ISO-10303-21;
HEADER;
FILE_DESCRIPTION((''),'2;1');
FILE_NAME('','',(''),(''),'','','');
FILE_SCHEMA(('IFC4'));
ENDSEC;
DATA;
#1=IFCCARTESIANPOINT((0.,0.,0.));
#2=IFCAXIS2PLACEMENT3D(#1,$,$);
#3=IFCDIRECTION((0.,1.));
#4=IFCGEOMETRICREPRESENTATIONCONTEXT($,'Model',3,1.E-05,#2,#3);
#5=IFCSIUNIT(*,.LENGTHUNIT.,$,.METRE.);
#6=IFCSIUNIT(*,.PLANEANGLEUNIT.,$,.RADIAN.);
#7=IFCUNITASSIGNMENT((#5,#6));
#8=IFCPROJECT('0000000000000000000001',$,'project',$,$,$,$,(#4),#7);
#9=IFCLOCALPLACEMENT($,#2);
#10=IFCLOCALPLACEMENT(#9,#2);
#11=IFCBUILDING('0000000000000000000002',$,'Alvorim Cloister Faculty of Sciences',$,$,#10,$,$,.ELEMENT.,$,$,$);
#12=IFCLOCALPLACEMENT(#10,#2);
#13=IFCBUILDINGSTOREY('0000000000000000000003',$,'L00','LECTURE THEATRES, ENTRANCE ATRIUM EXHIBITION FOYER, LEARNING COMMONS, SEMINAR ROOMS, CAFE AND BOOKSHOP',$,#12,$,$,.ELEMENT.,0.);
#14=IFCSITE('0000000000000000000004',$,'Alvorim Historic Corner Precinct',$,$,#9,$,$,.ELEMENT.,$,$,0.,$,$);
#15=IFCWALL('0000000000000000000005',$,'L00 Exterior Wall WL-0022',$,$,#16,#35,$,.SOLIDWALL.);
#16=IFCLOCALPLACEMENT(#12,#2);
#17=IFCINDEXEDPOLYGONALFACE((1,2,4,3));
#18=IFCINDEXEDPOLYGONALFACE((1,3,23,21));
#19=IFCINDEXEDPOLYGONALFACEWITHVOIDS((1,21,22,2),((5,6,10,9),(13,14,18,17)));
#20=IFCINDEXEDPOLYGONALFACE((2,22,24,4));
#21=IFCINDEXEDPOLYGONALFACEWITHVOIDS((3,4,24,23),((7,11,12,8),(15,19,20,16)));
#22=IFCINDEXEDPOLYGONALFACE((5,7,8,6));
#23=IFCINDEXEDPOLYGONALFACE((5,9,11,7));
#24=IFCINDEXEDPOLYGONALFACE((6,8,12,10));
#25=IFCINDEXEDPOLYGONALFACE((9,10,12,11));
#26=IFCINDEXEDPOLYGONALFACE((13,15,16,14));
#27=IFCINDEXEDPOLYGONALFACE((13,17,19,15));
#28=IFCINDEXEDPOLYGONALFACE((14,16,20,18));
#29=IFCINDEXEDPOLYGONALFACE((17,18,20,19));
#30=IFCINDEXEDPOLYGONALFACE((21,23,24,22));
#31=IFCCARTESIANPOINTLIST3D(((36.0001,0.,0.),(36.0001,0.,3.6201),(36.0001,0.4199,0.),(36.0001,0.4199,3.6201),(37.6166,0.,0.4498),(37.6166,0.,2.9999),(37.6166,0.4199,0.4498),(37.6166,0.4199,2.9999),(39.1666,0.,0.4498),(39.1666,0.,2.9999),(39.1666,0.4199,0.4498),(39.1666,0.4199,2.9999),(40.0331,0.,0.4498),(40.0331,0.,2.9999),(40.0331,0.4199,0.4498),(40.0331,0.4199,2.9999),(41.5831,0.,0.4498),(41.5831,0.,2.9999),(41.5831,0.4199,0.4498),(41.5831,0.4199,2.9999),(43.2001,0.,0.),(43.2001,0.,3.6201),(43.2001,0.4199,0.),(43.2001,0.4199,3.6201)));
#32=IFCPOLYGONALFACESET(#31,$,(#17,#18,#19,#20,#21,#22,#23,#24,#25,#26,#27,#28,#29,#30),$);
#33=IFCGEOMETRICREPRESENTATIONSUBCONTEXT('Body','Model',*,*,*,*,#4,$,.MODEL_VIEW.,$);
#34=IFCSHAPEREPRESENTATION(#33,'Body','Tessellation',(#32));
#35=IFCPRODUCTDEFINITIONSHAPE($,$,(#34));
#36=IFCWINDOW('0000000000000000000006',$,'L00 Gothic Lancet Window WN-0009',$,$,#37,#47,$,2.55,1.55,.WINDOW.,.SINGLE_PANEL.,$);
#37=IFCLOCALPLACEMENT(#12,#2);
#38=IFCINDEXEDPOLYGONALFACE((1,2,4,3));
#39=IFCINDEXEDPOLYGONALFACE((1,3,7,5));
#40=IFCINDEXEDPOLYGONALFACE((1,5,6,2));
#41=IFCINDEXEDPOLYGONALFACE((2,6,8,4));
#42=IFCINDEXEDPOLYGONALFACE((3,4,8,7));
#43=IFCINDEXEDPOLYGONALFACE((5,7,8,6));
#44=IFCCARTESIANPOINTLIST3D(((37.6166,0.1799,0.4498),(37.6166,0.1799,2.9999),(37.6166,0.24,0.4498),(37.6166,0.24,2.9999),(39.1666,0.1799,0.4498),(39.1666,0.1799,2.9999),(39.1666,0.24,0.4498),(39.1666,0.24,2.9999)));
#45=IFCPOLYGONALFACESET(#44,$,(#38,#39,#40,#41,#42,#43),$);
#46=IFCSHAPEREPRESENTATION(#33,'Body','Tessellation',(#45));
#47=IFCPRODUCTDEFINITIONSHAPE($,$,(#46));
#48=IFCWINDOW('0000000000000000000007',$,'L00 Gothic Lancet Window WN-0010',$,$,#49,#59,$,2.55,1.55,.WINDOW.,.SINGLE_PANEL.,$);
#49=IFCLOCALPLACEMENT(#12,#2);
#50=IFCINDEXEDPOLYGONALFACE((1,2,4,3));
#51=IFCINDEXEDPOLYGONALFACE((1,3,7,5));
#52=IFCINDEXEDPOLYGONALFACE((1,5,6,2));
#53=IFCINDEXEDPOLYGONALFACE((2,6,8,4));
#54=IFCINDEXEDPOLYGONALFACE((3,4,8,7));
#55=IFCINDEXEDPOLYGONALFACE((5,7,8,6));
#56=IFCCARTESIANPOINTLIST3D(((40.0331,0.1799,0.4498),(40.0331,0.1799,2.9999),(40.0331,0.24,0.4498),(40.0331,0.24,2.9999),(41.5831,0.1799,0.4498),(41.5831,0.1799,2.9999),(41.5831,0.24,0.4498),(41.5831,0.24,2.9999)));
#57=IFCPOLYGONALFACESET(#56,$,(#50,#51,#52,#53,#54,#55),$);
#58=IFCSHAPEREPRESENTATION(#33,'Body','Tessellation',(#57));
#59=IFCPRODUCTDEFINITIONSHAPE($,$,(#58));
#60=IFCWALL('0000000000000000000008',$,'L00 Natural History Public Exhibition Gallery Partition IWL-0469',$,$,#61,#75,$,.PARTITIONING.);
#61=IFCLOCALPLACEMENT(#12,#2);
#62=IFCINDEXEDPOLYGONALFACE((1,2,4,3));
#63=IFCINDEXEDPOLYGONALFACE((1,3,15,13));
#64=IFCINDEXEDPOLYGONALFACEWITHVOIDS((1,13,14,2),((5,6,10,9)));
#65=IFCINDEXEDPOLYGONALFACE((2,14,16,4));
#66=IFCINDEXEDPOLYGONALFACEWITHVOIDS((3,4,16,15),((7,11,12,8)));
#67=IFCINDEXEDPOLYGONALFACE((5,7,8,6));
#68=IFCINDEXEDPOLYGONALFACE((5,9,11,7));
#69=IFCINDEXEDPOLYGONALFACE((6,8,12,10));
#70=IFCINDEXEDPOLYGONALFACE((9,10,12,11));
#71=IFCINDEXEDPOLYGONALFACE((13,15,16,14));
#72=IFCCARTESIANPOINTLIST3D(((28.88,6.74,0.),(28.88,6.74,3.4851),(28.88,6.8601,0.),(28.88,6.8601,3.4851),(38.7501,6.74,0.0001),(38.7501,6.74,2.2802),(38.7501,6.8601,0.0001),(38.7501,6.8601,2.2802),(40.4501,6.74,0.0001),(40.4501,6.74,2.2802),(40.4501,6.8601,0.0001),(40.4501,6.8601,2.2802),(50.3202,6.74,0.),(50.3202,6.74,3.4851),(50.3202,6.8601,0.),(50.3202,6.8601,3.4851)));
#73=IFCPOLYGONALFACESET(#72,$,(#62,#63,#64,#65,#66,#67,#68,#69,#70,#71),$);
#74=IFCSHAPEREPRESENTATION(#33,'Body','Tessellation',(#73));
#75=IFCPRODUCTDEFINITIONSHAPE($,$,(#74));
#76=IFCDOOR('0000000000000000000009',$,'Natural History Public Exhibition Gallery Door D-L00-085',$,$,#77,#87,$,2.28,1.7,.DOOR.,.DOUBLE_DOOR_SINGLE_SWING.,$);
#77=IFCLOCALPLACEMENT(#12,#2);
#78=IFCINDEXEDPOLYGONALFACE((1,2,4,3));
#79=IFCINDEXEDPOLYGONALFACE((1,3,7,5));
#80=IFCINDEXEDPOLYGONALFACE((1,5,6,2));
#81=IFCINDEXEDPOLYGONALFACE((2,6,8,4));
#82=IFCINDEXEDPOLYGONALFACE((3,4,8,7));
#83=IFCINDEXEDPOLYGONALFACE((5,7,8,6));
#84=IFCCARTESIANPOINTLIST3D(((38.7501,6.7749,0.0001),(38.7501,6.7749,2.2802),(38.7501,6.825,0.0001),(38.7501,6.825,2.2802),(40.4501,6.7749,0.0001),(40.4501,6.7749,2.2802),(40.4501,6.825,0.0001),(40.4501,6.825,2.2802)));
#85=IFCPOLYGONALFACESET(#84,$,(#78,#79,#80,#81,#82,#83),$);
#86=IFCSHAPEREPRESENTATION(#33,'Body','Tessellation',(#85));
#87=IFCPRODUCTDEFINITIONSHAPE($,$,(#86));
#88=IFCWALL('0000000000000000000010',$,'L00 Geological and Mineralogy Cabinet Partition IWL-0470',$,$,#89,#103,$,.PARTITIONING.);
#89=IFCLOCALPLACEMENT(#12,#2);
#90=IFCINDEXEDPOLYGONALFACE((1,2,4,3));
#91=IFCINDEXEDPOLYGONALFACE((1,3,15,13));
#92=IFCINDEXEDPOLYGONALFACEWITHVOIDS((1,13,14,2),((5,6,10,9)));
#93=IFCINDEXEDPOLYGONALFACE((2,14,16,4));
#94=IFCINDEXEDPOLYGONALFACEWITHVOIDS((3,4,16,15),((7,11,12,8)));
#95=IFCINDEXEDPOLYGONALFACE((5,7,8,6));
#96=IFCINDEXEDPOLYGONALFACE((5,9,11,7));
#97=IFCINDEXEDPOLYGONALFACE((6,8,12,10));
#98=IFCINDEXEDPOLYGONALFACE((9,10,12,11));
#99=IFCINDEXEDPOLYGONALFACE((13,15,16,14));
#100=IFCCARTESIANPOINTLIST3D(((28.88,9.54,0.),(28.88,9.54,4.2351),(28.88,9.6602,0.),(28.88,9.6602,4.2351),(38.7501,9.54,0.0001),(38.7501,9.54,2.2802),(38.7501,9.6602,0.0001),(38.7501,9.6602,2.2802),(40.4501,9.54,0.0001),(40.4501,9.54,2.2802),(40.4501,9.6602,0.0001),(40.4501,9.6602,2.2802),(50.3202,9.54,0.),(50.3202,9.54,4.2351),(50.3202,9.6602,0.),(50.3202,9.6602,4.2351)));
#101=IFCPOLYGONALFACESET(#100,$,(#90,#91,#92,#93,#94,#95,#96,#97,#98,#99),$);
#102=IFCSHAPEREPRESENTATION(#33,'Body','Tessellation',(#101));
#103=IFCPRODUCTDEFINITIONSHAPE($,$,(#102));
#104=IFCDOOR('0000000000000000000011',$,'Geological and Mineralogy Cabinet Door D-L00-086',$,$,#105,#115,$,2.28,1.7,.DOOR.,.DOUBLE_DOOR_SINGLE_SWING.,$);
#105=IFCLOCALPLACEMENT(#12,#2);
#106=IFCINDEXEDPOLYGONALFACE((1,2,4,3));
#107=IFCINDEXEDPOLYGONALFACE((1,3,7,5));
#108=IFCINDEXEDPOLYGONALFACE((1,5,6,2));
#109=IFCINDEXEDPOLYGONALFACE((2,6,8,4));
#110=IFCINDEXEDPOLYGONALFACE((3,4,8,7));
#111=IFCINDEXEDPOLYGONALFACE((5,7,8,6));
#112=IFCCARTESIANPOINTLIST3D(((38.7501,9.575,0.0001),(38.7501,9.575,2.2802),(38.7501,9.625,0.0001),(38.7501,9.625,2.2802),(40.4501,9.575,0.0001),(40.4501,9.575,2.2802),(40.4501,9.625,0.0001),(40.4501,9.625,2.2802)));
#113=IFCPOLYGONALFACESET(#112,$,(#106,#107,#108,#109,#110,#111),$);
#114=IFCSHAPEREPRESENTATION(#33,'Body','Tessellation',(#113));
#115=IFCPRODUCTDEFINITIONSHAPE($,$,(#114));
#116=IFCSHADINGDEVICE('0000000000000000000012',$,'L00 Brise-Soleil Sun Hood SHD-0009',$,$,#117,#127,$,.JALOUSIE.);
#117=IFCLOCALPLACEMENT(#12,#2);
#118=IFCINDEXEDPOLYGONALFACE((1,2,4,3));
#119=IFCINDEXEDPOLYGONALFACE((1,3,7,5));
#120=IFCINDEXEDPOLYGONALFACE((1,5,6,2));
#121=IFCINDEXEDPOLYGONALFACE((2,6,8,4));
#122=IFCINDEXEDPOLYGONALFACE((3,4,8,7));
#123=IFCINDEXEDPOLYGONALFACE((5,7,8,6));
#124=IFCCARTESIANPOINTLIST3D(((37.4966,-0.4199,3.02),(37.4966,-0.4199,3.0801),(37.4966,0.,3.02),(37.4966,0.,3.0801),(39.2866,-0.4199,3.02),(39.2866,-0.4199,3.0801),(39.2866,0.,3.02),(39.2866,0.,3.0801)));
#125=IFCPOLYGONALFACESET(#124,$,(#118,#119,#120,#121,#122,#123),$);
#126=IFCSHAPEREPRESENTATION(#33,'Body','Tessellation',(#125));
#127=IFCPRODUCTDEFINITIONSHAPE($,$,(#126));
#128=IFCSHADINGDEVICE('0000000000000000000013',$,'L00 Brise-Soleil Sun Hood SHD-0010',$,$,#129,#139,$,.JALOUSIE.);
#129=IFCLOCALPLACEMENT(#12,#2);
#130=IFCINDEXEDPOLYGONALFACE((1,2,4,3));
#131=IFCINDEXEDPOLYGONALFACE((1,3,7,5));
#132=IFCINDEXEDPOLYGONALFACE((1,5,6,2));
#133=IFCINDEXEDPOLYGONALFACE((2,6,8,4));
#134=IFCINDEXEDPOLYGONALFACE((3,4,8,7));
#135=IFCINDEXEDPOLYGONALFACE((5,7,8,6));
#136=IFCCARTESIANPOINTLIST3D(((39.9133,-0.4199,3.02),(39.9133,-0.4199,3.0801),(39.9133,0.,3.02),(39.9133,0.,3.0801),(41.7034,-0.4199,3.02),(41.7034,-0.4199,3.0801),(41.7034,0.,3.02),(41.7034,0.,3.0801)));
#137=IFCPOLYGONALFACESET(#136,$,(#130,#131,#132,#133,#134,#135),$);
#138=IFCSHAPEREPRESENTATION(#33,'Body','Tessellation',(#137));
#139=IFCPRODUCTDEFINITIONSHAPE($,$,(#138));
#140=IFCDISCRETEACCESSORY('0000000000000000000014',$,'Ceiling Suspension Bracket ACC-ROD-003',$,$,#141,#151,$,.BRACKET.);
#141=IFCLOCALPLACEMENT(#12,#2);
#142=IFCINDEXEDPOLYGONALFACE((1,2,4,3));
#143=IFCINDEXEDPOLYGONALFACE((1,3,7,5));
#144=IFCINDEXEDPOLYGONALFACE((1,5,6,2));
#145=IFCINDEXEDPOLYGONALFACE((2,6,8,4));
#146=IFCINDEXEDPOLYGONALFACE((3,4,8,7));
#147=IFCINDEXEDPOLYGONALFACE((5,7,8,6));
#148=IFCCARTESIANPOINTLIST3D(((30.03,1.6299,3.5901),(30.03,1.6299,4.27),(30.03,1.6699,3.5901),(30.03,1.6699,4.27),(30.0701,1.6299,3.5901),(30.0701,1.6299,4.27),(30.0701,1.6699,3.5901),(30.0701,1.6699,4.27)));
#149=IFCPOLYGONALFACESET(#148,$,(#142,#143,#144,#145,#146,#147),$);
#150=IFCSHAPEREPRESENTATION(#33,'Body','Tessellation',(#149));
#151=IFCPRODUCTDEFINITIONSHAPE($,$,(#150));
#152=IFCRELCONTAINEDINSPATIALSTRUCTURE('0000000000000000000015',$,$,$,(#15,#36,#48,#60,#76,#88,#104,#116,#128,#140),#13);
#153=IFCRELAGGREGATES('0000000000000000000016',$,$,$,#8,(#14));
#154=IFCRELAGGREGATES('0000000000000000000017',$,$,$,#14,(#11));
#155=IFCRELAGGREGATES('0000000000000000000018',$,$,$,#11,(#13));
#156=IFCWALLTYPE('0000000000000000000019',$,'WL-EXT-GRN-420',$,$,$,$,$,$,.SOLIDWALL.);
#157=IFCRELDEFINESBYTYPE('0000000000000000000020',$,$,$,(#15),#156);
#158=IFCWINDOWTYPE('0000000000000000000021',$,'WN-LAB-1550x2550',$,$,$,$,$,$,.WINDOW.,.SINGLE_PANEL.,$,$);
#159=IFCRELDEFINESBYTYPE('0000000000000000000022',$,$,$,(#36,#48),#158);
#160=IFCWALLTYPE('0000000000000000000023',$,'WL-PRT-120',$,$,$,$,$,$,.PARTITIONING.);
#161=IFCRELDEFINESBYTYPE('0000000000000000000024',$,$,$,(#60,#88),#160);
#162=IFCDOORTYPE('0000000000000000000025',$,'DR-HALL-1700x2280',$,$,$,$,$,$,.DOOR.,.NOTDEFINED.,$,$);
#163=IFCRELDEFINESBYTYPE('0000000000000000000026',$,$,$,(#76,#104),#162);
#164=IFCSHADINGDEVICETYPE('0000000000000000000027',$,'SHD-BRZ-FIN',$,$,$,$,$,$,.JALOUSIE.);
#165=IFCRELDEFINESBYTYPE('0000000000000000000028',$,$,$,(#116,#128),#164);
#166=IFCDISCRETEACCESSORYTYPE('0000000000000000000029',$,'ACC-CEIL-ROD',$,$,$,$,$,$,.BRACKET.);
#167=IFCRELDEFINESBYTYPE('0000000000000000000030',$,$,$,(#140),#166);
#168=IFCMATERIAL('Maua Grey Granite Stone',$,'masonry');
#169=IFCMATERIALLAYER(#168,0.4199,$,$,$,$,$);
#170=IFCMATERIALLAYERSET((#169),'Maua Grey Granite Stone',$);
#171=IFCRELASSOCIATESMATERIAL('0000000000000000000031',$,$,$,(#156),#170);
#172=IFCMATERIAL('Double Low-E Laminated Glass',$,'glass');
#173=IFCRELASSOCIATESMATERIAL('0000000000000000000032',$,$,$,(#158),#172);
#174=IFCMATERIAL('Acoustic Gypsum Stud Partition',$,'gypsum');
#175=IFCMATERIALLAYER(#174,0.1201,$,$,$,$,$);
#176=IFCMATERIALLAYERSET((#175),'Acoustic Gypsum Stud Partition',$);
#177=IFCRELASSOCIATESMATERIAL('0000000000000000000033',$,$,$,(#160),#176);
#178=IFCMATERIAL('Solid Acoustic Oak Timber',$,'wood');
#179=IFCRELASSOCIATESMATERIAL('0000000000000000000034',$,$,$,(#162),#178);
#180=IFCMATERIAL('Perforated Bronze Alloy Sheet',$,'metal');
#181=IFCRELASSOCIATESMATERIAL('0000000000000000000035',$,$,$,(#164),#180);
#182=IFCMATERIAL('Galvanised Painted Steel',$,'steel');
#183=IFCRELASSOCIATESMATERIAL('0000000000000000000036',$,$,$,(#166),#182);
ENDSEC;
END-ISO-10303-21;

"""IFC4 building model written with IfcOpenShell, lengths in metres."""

from ifc_helpers import new_model, si_unit, direction, frame, frame_2d, origin, origin_2d, place, context, subcontext, project, spatial, rectangle, extrude, material, layer, layer_set, type_object, element, fill, save


model = new_model("IFC4")

# Units and contexts
model_context = context("Model", 3, precision=1e-05, world=origin(), true_north=direction((0.0, 1.0)))
body_context = subcontext(model_context, "Body", "Model", "MODEL_VIEW")
ifc_project = project(units=[si_unit("LENGTHUNIT", "METRE"), si_unit("PLANEANGLEUNIT", "RADIAN")], contexts=[model_context])

# Site, building, storey
site_placement = place(None, origin())
site = spatial("IfcSite", under=ifc_project, at=site_placement, Name="Alvorim Historic Corner Precinct", CompositionType="ELEMENT", RefElevation=0.0)
building_placement = place(site_placement, origin())
building = spatial("IfcBuilding", under=site, at=building_placement, Name="Alvorim Cloister Faculty of Sciences", CompositionType="ELEMENT")
storey_placement = place(building_placement, origin())
storey = spatial("IfcBuildingStorey", under=building, at=storey_placement, Name="L00", Description="LECTURE THEATRES, ENTRANCE ATRIUM EXHIBITION FOYER, LEARNING COMMONS, SEMINAR ROOMS, CAFE AND BOOKSHOP", CompositionType="ELEMENT", Elevation=0.0)

# Shared definitions
ifc_material_1 = material(Name="Maua Grey Granite Stone", Category="masonry")

# Wall, openings, windows
ifc_layer_1 = layer(ifc_material_1, 0.4199)
ifc_layer_set_1 = layer_set([ifc_layer_1], Name="Maua Grey Granite Stone")
wall_type_1 = type_object("IfcWallType", Name="WL-EXT-GRN-420", PredefinedType="SOLIDWALL", material=ifc_layer_set_1)
wall_1_placement = place(storey_placement, frame((36.0, 0.21, 0.0), z_axis=(0.0, 0.0, 1.0), x_axis=(1.0, 0.0, 0.0)))
wall_1 = element("IfcWall", 1, at=wall_1_placement, inside=storey, type_object=wall_type_1, Name="L00 Exterior Wall WL-0022", PredefinedType="SOLIDWALL", context=body_context, shape_type="SweptSolid", body=[
    extrude(rectangle(XDim=7.2, YDim=0.4199, at=frame_2d((3.6001, 0.0))), origin(), (0.0, 0.0, 1.0), 3.6201),
])
opening_1_placement = place(wall_1_placement, frame((1.6167, 0.0, 0.45)))
opening_1 = element("IfcOpeningElement", 2, at=opening_1_placement, cuts=wall_1, PredefinedType="OPENING", context=body_context, shape_type="SweptSolid", body=[
    extrude(rectangle(XDim=1.55, YDim=2.55, at=frame_2d((0.7749, 1.2749))), frame((0.0, 0.2219, 0.0), z_axis=(0.0, -1.0, 0.0), x_axis=(1.0, 0.0, 0.0)), (0.0, 0.0, 1.0), 0.4438),
])
opening_2_placement = place(wall_1_placement, frame((4.0332, 0.0, 0.45)))
opening_2 = element("IfcOpeningElement", 3, at=opening_2_placement, cuts=wall_1, PredefinedType="OPENING", context=body_context, shape_type="SweptSolid", body=[
    extrude(rectangle(XDim=1.55, YDim=2.55, at=frame_2d((0.7749, 1.2749))), frame((0.0, 0.2219, 0.0), z_axis=(0.0, -1.0, 0.0), x_axis=(1.0, 0.0, 0.0)), (0.0, 0.0, 1.0), 0.4438),
])
ifc_material_2 = material(Name="Double Low-E Laminated Glass", Category="glass")
window_type = type_object("IfcWindowType", Name="WN-LAB-1550x2550", PartitioningType="SINGLE_PANEL", PredefinedType="WINDOW", material=ifc_material_2)
window_1_placement = place(opening_1_placement, origin())
window_1 = element("IfcWindow", 4, at=window_1_placement, inside=storey, type_object=window_type, Name="L00 Gothic Lancet Window WN-0009", OverallHeight=2.55, OverallWidth=1.55, PartitioningType="SINGLE_PANEL", PredefinedType="WINDOW", context=body_context, shape_type="SweptSolid", body=[
    extrude(rectangle(XDim=1.55, YDim=2.55, at=frame_2d((0.7749, 1.2749))), frame((0.0, 0.03, 0.0), z_axis=(0.0, -1.0, 0.0), x_axis=(1.0, 0.0, 0.0)), (0.0, 0.0, 1.0), 0.0601),
])
fill(opening_1, window_1)
window_2_placement = place(opening_2_placement, origin())
window_2 = element("IfcWindow", 5, at=window_2_placement, inside=storey, type_object=window_type, Name="L00 Gothic Lancet Window WN-0010", OverallHeight=2.55, OverallWidth=1.55, PartitioningType="SINGLE_PANEL", PredefinedType="WINDOW", context=body_context, shape_type="SweptSolid", body=[
    extrude(rectangle(XDim=1.55, YDim=2.55, at=frame_2d((0.7749, 1.2749))), frame((0.0, 0.03, 0.0), z_axis=(0.0, -1.0, 0.0), x_axis=(1.0, 0.0, 0.0)), (0.0, 0.0, 1.0), 0.0601),
])
fill(opening_2, window_2)

# Walls, openings, doors
ifc_material_3 = material(Name="Acoustic Gypsum Stud Partition", Category="gypsum")
ifc_layer_2 = layer(ifc_material_3, 0.1201)
ifc_layer_set_2 = layer_set([ifc_layer_2], Name="Acoustic Gypsum Stud Partition")
wall_type_2 = type_object("IfcWallType", Name="WL-PRT-120", PredefinedType="PARTITIONING", material=ifc_layer_set_2)
wall_2_placement = place(storey_placement, frame((28.8799, 6.8, 0.0), z_axis=(0.0, 0.0, 1.0), x_axis=(1.0, 0.0, 0.0)))
wall_2 = element("IfcWall", 6, at=wall_2_placement, inside=storey, type_object=wall_type_2, Name="L00 Natural History Public Exhibition Gallery Partition IWL-0469", PredefinedType="PARTITIONING", context=body_context, shape_type="SweptSolid", body=[
    extrude(rectangle(XDim=21.4402, YDim=0.1201, at=frame_2d((10.7202, 0.0))), origin(), (0.0, 0.0, 1.0), 3.4851),
])
opening_3_placement = place(wall_2_placement, frame((9.8701, 0.0, 0.0)))
opening_3 = element("IfcOpeningElement", 7, at=opening_3_placement, cuts=wall_2, PredefinedType="OPENING", context=body_context, shape_type="SweptSolid", body=[
    extrude(rectangle(XDim=1.7, YDim=2.28, at=frame_2d((0.8501, 1.1401))), frame((0.0, 0.072, 0.0), z_axis=(0.0, -1.0, 0.0), x_axis=(1.0, 0.0, 0.0)), (0.0, 0.0, 1.0), 0.144),
])
ifc_material_4 = material(Name="Solid Acoustic Oak Timber", Category="wood")
door_type = type_object("IfcDoorType", Name="DR-HALL-1700x2280", OperationType="NOTDEFINED", PredefinedType="DOOR", material=ifc_material_4)
door_1_placement = place(opening_3_placement, origin())
door_1 = element("IfcDoor", 8, at=door_1_placement, inside=storey, type_object=door_type, Name="Natural History Public Exhibition Gallery Door D-L00-085", OperationType="DOUBLE_DOOR_SINGLE_SWING", OverallHeight=2.28, OverallWidth=1.7, PredefinedType="DOOR", context=body_context, shape_type="SweptSolid", body=[
    extrude(rectangle(XDim=1.7, YDim=2.28, at=frame_2d((0.8501, 1.1401))), frame((0.0, 0.0249, 0.0), z_axis=(0.0, -1.0, 0.0), x_axis=(1.0, 0.0, 0.0)), (0.0, 0.0, 1.0), 0.05),
])
fill(opening_3, door_1)
wall_3_placement = place(storey_placement, frame((28.8799, 9.6001, 0.0), z_axis=(0.0, 0.0, 1.0), x_axis=(1.0, 0.0, 0.0)))
wall_3 = element("IfcWall", 9, at=wall_3_placement, inside=storey, type_object=wall_type_2, Name="L00 Geological and Mineralogy Cabinet Partition IWL-0470", PredefinedType="PARTITIONING", context=body_context, shape_type="SweptSolid", body=[
    extrude(rectangle(XDim=21.4402, YDim=0.1201, at=frame_2d((10.7202, 0.0))), origin(), (0.0, 0.0, 1.0), 4.2351),
])
opening_4_placement = place(wall_3_placement, frame((9.8701, 0.0, 0.0)))
opening_4 = element("IfcOpeningElement", 10, at=opening_4_placement, cuts=wall_3, PredefinedType="OPENING", context=body_context, shape_type="SweptSolid", body=[
    extrude(rectangle(XDim=1.7, YDim=2.28, at=frame_2d((0.8501, 1.1401))), frame((0.0, 0.072, 0.0), z_axis=(0.0, -1.0, 0.0), x_axis=(1.0, 0.0, 0.0)), (0.0, 0.0, 1.0), 0.144),
])
door_2_placement = place(opening_4_placement, origin())
door_2 = element("IfcDoor", 11, at=door_2_placement, inside=storey, type_object=door_type, Name="Geological and Mineralogy Cabinet Door D-L00-086", OperationType="DOUBLE_DOOR_SINGLE_SWING", OverallHeight=2.28, OverallWidth=1.7, PredefinedType="DOOR", context=body_context, shape_type="SweptSolid", body=[
    extrude(rectangle(XDim=1.7, YDim=2.28, at=frame_2d((0.8501, 1.1401))), frame((0.0, 0.0249, 0.0), z_axis=(0.0, -1.0, 0.0), x_axis=(1.0, 0.0, 0.0)), (0.0, 0.0, 1.0), 0.05),
])
fill(opening_4, door_2)

# Shading devices
ifc_material_5 = material(Name="Perforated Bronze Alloy Sheet", Category="metal")
shading_device_type = type_object("IfcShadingDeviceType", Name="SHD-BRZ-FIN", PredefinedType="JALOUSIE", material=ifc_material_5)
for number, where, z_axis, x_axis, name in (
    (12, (38.3916, -0.21, 3.02), (0.0, 0.0, 1.0), (1.0, 0.0, 0.0), "L00 Brise-Soleil Sun Hood SHD-0009"),
    (13, (40.8083, -0.21, 3.02), (0.0, 0.0, 1.0), (1.0, 0.0, 0.0), "L00 Brise-Soleil Sun Hood SHD-0010"),
):
    element("IfcShadingDevice", number, at=place(storey_placement, frame(where, z_axis=z_axis, x_axis=x_axis)), inside=storey, type_object=shading_device_type, Name=name, PredefinedType="JALOUSIE", context=body_context, shape_type="SweptSolid", body=[
        extrude(rectangle(XDim=1.79, YDim=0.4199, at=origin_2d()), origin(), (0.0, 0.0, 1.0), 0.0601),
    ])

# Discrete accessory
ifc_material_6 = material(Name="Galvanised Painted Steel", Category="steel")
discrete_accessory_type = type_object("IfcDiscreteAccessoryType", Name="ACC-CEIL-ROD", PredefinedType="BRACKET", material=ifc_material_6)
discrete_accessory_placement = place(storey_placement, frame((30.05, 1.6499, 3.5901), z_axis=(0.0, 0.0, 1.0), x_axis=(1.0, 0.0, 0.0)))
element("IfcDiscreteAccessory", 14, at=discrete_accessory_placement, inside=storey, type_object=discrete_accessory_type, Name="Ceiling Suspension Bracket ACC-ROD-003", PredefinedType="BRACKET", context=body_context, shape_type="SweptSolid", body=[
    extrude(rectangle(XDim=0.04, YDim=0.04, at=origin_2d()), origin(), (0.0, 0.0, 1.0), 0.6799),
])

save(model, "model.ifc")
